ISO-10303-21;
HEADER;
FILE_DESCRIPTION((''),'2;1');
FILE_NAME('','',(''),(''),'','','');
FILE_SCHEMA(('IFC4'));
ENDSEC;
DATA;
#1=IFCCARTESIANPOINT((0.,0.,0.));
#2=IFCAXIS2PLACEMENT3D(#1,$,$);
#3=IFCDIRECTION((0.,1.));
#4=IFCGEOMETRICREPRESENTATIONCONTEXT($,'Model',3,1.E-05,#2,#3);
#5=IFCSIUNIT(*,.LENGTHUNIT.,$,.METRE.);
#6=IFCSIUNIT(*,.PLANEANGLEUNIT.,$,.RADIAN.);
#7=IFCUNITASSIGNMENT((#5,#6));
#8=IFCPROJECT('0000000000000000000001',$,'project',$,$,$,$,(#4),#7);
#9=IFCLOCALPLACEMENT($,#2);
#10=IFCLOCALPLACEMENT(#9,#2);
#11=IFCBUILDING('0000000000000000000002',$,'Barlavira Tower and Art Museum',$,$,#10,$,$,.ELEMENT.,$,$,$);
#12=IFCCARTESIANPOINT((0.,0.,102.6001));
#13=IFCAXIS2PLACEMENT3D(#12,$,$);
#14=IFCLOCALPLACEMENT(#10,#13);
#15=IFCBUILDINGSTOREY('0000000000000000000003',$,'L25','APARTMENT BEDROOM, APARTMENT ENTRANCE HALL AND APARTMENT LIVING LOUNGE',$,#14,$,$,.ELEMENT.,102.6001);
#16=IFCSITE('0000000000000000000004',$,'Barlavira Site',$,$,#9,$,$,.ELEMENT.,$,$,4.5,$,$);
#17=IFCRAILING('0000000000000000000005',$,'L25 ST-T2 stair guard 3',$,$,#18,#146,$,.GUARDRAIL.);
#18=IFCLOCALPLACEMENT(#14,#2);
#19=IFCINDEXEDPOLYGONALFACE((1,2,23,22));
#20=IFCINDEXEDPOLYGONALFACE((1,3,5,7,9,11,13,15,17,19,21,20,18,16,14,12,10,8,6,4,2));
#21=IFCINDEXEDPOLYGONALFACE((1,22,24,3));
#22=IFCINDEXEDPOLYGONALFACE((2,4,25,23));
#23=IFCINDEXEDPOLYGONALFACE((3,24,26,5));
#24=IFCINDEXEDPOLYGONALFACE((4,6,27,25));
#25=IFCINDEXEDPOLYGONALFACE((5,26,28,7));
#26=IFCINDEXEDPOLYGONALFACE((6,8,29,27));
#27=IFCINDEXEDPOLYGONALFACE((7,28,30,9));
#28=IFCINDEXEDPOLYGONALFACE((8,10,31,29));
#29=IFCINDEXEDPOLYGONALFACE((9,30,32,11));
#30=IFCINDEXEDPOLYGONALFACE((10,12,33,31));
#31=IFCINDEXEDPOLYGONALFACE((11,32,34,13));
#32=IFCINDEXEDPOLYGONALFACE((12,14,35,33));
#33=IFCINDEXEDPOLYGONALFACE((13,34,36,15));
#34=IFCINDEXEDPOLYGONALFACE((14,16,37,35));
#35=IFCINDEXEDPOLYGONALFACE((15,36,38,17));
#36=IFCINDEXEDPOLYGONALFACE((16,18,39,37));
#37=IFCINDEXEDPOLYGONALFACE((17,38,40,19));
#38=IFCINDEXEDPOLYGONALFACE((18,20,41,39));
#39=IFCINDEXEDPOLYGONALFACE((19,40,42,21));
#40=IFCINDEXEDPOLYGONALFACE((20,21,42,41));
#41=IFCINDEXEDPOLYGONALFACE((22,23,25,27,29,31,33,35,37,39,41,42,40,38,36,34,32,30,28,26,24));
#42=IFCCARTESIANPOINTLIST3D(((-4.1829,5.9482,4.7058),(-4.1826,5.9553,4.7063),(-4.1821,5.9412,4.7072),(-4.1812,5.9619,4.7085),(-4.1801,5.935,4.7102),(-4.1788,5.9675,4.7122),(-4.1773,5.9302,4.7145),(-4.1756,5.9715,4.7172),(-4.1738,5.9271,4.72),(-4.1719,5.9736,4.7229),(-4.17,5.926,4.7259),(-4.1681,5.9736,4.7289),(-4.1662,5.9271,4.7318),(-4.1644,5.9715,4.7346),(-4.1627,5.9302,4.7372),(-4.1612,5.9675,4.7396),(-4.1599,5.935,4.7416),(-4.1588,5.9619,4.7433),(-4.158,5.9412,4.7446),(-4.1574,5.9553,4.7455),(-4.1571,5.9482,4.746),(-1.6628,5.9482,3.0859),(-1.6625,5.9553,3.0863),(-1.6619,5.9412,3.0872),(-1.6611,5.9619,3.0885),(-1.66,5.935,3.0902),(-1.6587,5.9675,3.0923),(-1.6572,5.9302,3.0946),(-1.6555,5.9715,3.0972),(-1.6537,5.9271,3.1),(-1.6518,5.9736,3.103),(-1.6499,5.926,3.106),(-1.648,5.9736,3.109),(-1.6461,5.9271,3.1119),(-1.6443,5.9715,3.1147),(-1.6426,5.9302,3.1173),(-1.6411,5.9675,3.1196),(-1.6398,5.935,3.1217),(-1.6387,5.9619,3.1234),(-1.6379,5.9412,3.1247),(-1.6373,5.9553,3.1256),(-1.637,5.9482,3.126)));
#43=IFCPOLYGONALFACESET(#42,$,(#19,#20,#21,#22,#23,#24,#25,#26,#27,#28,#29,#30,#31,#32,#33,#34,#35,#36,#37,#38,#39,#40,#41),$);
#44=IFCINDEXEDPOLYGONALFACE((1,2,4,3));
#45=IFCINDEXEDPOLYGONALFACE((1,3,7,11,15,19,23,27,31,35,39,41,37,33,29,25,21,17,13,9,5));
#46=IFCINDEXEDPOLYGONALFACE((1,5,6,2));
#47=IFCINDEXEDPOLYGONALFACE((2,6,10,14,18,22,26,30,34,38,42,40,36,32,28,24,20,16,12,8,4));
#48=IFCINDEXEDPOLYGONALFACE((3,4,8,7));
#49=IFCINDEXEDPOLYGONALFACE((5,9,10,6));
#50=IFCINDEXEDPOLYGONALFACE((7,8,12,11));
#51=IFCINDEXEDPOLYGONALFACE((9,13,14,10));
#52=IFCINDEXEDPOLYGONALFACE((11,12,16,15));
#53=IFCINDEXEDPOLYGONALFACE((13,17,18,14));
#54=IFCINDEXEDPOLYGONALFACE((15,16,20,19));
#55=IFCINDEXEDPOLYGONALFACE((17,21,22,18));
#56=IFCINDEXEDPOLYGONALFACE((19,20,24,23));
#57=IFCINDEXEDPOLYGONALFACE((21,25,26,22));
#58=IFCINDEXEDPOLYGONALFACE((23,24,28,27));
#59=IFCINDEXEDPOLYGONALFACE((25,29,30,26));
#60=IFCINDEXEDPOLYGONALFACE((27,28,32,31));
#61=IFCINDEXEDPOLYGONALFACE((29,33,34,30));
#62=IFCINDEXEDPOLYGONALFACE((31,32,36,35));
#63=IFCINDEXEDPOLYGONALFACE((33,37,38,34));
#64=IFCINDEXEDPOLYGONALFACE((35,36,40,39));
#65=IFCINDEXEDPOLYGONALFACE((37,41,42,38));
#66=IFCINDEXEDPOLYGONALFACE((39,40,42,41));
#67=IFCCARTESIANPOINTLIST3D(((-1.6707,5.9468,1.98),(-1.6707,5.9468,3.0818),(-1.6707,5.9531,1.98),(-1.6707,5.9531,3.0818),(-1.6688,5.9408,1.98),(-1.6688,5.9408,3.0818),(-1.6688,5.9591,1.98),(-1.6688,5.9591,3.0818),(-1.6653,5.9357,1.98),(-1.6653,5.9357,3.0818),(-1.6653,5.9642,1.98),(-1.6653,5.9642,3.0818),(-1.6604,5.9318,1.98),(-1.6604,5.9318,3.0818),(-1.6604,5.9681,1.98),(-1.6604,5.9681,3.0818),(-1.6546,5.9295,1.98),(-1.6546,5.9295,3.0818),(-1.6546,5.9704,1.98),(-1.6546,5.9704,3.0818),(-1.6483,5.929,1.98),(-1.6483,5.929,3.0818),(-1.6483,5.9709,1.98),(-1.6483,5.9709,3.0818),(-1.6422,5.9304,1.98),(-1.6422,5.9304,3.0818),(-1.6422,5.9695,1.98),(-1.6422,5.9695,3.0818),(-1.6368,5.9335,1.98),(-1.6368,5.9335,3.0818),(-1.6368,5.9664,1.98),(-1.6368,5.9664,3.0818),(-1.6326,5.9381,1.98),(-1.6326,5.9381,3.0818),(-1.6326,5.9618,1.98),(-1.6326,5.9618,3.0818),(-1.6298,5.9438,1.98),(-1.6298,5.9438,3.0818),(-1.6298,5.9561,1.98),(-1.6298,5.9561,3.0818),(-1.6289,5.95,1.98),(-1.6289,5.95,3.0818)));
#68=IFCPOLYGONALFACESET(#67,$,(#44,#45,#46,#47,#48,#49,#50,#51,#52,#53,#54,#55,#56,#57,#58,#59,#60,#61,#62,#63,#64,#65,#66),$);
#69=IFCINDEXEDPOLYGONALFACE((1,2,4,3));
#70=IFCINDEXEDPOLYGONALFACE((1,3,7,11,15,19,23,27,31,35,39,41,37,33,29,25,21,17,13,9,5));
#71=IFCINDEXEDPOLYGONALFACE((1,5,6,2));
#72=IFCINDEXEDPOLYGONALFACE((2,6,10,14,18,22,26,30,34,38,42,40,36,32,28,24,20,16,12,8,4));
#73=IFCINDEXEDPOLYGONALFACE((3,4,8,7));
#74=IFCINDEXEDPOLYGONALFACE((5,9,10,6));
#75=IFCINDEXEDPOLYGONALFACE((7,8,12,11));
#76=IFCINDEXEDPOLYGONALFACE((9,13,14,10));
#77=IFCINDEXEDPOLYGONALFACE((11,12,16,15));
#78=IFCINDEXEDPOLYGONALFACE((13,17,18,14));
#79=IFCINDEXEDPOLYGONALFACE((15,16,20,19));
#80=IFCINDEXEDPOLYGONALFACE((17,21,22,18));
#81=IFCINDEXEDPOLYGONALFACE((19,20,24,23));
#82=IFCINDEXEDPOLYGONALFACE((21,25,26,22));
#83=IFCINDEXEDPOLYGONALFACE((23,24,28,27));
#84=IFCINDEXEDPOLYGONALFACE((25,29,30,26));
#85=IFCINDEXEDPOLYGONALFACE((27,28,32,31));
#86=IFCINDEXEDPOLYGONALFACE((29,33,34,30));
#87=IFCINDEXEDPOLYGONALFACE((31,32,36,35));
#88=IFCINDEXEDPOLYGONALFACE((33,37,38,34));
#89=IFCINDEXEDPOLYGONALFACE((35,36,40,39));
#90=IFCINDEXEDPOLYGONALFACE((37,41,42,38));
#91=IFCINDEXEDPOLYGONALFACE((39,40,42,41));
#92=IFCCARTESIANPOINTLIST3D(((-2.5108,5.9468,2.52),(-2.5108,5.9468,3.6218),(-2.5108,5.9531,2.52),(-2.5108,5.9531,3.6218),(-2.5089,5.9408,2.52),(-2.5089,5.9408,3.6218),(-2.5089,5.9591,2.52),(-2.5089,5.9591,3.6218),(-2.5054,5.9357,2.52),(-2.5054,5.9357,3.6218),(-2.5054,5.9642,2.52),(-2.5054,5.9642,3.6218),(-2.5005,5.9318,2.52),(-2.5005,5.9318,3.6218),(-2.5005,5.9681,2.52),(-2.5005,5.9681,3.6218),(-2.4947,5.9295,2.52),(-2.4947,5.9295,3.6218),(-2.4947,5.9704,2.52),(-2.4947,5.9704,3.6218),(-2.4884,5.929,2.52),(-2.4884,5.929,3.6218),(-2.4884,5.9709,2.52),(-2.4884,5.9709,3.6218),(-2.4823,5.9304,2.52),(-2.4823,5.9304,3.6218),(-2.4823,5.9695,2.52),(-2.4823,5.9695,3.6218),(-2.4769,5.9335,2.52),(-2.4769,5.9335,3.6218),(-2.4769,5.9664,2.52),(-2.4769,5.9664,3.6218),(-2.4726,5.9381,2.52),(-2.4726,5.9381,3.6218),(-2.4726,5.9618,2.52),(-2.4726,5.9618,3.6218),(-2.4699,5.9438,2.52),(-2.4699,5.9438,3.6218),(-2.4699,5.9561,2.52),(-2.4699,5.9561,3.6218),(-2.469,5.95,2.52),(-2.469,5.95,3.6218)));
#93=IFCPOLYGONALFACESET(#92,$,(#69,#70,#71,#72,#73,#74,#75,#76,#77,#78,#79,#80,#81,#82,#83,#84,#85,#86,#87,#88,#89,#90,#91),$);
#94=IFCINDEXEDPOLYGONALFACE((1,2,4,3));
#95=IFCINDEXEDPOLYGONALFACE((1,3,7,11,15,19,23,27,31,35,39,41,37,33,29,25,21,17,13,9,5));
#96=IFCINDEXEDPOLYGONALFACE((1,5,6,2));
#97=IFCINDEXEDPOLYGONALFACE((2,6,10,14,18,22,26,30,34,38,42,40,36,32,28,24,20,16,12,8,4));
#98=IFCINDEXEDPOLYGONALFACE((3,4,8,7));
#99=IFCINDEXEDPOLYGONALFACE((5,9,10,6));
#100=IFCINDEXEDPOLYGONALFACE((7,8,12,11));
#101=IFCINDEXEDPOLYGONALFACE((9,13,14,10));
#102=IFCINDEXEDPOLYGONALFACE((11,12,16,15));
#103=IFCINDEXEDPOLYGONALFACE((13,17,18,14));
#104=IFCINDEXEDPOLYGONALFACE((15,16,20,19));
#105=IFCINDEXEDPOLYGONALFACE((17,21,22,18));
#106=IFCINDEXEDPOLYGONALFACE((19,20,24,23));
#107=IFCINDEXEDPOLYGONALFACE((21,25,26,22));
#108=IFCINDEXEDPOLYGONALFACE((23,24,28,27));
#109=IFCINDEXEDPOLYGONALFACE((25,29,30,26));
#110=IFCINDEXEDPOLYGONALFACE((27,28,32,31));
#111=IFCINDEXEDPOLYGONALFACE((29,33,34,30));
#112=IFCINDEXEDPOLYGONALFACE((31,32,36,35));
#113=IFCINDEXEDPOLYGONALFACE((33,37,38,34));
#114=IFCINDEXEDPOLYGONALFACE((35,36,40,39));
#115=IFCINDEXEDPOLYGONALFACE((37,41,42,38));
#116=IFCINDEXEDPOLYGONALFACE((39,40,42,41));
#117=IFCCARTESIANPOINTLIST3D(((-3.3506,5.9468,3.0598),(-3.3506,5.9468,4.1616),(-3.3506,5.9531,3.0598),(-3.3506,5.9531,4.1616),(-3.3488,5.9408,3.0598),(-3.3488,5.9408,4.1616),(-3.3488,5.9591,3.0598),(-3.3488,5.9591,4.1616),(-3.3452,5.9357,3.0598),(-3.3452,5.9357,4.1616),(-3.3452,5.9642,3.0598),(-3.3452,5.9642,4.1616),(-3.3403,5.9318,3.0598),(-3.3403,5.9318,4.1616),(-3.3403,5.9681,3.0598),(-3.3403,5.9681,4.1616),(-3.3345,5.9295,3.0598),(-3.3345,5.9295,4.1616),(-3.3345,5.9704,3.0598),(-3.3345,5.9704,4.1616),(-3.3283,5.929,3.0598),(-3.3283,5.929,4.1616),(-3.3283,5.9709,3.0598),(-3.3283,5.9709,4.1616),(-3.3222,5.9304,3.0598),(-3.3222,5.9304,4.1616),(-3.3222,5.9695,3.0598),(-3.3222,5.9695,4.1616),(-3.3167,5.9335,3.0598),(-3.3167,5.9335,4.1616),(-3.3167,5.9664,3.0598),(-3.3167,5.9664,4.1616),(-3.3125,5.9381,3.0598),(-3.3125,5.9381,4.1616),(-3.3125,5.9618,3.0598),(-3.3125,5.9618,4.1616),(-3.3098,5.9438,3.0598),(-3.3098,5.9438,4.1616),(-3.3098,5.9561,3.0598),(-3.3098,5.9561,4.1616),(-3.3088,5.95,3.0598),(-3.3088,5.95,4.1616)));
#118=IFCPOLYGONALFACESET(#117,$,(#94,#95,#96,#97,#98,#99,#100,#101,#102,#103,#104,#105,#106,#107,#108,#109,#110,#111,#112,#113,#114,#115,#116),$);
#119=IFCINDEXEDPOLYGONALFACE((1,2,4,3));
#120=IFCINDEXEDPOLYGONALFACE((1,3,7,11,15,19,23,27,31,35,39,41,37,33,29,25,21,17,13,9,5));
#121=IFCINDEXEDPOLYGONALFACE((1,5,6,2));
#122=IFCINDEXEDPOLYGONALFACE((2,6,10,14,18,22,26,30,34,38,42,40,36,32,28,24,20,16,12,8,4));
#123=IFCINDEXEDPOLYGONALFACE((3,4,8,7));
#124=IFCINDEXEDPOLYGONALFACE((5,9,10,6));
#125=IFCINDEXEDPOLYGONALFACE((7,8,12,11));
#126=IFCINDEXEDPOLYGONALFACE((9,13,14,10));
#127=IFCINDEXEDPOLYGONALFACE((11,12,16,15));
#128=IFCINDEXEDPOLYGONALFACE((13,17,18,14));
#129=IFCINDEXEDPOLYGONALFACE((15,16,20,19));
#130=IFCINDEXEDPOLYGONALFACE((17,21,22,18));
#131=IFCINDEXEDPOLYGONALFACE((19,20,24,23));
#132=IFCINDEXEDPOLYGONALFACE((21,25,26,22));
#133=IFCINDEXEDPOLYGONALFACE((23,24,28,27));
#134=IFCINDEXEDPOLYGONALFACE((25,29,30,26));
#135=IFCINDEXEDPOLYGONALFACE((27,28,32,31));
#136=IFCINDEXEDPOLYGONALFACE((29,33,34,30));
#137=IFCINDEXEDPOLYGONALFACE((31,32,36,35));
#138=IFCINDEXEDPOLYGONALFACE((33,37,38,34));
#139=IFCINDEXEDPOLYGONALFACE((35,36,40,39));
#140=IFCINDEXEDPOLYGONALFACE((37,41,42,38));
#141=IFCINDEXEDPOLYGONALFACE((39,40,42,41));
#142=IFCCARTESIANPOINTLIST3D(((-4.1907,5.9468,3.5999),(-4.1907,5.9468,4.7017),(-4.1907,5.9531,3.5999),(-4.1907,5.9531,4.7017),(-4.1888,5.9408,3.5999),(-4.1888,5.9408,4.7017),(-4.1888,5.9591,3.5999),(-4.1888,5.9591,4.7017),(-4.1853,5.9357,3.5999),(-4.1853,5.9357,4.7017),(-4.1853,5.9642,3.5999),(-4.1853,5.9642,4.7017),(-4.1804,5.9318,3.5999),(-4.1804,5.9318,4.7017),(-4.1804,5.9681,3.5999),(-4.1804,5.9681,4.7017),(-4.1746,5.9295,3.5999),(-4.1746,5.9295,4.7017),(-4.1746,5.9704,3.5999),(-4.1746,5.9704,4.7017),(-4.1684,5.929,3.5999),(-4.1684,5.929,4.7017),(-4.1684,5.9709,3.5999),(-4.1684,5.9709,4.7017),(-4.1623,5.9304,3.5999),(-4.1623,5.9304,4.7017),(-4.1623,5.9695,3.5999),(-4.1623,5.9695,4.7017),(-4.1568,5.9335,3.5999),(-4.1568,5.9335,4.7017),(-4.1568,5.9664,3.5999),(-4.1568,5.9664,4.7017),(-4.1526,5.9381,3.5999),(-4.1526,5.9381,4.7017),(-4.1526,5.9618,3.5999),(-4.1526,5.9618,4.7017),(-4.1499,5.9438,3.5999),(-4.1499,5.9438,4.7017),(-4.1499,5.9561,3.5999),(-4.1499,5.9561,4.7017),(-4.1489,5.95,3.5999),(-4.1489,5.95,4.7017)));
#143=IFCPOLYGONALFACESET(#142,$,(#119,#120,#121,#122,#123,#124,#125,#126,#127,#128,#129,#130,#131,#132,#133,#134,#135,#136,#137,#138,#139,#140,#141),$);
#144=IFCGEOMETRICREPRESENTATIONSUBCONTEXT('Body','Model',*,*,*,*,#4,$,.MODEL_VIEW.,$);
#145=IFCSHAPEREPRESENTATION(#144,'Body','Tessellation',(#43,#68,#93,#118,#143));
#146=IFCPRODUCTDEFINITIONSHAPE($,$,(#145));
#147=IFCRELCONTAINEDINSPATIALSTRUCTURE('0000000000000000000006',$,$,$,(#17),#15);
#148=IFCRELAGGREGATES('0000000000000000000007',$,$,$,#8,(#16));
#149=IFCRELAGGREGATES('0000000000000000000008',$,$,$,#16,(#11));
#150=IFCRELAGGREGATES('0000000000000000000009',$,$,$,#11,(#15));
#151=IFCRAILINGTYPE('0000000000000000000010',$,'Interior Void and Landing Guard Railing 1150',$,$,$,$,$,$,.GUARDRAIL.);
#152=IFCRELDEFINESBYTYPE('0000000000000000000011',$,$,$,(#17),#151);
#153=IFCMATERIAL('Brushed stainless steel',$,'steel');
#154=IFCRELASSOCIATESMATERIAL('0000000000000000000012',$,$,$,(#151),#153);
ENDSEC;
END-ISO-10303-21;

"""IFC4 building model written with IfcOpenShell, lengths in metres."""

from ifc_helpers import new_model, si_unit, direction, frame, origin, origin_2d, place, context, subcontext, project, spatial, circle, extrude, material, type_object, element, save


model = new_model("IFC4")

# Units and contexts
model_context = context("Model", 3, precision=1e-05, world=origin(), true_north=direction((0.0, 1.0)))
body_context = subcontext(model_context, "Body", "Model", "MODEL_VIEW")
ifc_project = project(units=[si_unit("LENGTHUNIT", "METRE"), si_unit("PLANEANGLEUNIT", "RADIAN")], contexts=[model_context])

# Site, building, storey
site_placement = place(None, origin())
site = spatial("IfcSite", under=ifc_project, at=site_placement, Name="Barlavira Site", CompositionType="ELEMENT", RefElevation=4.5)
building_placement = place(site_placement, origin())
building = spatial("IfcBuilding", under=site, at=building_placement, Name="Barlavira Tower and Art Museum", CompositionType="ELEMENT")
storey_placement = place(building_placement, frame((0.0, 0.0, 102.6001)))
storey = spatial("IfcBuildingStorey", under=building, at=storey_placement, Name="L25", Description="APARTMENT BEDROOM, APARTMENT ENTRANCE HALL AND APARTMENT LIVING LOUNGE", CompositionType="ELEMENT", Elevation=102.6001)

# Shared definitions
ifc_material_1 = material(Name="Brushed stainless steel", Category="steel")

# Railing
railing_type_1 = type_object("IfcRailingType", Name="Interior Void and Landing Guard Railing 1150", PredefinedType="GUARDRAIL", material=ifc_material_1)
railing_1_placement = place(storey_placement, frame((-1.6499, 5.95, 1.98)))
element("IfcRailing", 1, at=railing_1_placement, inside=storey, type_object=railing_type_1, Name="L25 ST-T2 stair guard 3", PredefinedType="GUARDRAIL", context=body_context, shape_type="SweptSolid", body=[
    extrude(circle(Radius=0.0239, at=origin_2d()), frame((0.0, 0.0, 1.126), z_axis=(-0.8412, 0.0, 0.540725), x_axis=(0.0, -1.0, 0.0)), (0.0, 0.0, 1.0), 2.9958),
    extrude(circle(Radius=0.021, at=origin_2d()), origin(), (0.0, 0.0, 1.0), 1.1018),
    extrude(circle(Radius=0.021, at=origin_2d()), frame((-0.8401, 0.0, 0.54)), (0.0, 0.0, 1.0), 1.1018),
    extrude(circle(Radius=0.021, at=origin_2d()), frame((-1.6799, 0.0, 1.0798)), (0.0, 0.0, 1.0), 1.1018),
    extrude(circle(Radius=0.021, at=origin_2d()), frame((-2.52, 0.0, 1.6199)), (0.0, 0.0, 1.0), 1.1018),
])

save(model, "model.ifc")
